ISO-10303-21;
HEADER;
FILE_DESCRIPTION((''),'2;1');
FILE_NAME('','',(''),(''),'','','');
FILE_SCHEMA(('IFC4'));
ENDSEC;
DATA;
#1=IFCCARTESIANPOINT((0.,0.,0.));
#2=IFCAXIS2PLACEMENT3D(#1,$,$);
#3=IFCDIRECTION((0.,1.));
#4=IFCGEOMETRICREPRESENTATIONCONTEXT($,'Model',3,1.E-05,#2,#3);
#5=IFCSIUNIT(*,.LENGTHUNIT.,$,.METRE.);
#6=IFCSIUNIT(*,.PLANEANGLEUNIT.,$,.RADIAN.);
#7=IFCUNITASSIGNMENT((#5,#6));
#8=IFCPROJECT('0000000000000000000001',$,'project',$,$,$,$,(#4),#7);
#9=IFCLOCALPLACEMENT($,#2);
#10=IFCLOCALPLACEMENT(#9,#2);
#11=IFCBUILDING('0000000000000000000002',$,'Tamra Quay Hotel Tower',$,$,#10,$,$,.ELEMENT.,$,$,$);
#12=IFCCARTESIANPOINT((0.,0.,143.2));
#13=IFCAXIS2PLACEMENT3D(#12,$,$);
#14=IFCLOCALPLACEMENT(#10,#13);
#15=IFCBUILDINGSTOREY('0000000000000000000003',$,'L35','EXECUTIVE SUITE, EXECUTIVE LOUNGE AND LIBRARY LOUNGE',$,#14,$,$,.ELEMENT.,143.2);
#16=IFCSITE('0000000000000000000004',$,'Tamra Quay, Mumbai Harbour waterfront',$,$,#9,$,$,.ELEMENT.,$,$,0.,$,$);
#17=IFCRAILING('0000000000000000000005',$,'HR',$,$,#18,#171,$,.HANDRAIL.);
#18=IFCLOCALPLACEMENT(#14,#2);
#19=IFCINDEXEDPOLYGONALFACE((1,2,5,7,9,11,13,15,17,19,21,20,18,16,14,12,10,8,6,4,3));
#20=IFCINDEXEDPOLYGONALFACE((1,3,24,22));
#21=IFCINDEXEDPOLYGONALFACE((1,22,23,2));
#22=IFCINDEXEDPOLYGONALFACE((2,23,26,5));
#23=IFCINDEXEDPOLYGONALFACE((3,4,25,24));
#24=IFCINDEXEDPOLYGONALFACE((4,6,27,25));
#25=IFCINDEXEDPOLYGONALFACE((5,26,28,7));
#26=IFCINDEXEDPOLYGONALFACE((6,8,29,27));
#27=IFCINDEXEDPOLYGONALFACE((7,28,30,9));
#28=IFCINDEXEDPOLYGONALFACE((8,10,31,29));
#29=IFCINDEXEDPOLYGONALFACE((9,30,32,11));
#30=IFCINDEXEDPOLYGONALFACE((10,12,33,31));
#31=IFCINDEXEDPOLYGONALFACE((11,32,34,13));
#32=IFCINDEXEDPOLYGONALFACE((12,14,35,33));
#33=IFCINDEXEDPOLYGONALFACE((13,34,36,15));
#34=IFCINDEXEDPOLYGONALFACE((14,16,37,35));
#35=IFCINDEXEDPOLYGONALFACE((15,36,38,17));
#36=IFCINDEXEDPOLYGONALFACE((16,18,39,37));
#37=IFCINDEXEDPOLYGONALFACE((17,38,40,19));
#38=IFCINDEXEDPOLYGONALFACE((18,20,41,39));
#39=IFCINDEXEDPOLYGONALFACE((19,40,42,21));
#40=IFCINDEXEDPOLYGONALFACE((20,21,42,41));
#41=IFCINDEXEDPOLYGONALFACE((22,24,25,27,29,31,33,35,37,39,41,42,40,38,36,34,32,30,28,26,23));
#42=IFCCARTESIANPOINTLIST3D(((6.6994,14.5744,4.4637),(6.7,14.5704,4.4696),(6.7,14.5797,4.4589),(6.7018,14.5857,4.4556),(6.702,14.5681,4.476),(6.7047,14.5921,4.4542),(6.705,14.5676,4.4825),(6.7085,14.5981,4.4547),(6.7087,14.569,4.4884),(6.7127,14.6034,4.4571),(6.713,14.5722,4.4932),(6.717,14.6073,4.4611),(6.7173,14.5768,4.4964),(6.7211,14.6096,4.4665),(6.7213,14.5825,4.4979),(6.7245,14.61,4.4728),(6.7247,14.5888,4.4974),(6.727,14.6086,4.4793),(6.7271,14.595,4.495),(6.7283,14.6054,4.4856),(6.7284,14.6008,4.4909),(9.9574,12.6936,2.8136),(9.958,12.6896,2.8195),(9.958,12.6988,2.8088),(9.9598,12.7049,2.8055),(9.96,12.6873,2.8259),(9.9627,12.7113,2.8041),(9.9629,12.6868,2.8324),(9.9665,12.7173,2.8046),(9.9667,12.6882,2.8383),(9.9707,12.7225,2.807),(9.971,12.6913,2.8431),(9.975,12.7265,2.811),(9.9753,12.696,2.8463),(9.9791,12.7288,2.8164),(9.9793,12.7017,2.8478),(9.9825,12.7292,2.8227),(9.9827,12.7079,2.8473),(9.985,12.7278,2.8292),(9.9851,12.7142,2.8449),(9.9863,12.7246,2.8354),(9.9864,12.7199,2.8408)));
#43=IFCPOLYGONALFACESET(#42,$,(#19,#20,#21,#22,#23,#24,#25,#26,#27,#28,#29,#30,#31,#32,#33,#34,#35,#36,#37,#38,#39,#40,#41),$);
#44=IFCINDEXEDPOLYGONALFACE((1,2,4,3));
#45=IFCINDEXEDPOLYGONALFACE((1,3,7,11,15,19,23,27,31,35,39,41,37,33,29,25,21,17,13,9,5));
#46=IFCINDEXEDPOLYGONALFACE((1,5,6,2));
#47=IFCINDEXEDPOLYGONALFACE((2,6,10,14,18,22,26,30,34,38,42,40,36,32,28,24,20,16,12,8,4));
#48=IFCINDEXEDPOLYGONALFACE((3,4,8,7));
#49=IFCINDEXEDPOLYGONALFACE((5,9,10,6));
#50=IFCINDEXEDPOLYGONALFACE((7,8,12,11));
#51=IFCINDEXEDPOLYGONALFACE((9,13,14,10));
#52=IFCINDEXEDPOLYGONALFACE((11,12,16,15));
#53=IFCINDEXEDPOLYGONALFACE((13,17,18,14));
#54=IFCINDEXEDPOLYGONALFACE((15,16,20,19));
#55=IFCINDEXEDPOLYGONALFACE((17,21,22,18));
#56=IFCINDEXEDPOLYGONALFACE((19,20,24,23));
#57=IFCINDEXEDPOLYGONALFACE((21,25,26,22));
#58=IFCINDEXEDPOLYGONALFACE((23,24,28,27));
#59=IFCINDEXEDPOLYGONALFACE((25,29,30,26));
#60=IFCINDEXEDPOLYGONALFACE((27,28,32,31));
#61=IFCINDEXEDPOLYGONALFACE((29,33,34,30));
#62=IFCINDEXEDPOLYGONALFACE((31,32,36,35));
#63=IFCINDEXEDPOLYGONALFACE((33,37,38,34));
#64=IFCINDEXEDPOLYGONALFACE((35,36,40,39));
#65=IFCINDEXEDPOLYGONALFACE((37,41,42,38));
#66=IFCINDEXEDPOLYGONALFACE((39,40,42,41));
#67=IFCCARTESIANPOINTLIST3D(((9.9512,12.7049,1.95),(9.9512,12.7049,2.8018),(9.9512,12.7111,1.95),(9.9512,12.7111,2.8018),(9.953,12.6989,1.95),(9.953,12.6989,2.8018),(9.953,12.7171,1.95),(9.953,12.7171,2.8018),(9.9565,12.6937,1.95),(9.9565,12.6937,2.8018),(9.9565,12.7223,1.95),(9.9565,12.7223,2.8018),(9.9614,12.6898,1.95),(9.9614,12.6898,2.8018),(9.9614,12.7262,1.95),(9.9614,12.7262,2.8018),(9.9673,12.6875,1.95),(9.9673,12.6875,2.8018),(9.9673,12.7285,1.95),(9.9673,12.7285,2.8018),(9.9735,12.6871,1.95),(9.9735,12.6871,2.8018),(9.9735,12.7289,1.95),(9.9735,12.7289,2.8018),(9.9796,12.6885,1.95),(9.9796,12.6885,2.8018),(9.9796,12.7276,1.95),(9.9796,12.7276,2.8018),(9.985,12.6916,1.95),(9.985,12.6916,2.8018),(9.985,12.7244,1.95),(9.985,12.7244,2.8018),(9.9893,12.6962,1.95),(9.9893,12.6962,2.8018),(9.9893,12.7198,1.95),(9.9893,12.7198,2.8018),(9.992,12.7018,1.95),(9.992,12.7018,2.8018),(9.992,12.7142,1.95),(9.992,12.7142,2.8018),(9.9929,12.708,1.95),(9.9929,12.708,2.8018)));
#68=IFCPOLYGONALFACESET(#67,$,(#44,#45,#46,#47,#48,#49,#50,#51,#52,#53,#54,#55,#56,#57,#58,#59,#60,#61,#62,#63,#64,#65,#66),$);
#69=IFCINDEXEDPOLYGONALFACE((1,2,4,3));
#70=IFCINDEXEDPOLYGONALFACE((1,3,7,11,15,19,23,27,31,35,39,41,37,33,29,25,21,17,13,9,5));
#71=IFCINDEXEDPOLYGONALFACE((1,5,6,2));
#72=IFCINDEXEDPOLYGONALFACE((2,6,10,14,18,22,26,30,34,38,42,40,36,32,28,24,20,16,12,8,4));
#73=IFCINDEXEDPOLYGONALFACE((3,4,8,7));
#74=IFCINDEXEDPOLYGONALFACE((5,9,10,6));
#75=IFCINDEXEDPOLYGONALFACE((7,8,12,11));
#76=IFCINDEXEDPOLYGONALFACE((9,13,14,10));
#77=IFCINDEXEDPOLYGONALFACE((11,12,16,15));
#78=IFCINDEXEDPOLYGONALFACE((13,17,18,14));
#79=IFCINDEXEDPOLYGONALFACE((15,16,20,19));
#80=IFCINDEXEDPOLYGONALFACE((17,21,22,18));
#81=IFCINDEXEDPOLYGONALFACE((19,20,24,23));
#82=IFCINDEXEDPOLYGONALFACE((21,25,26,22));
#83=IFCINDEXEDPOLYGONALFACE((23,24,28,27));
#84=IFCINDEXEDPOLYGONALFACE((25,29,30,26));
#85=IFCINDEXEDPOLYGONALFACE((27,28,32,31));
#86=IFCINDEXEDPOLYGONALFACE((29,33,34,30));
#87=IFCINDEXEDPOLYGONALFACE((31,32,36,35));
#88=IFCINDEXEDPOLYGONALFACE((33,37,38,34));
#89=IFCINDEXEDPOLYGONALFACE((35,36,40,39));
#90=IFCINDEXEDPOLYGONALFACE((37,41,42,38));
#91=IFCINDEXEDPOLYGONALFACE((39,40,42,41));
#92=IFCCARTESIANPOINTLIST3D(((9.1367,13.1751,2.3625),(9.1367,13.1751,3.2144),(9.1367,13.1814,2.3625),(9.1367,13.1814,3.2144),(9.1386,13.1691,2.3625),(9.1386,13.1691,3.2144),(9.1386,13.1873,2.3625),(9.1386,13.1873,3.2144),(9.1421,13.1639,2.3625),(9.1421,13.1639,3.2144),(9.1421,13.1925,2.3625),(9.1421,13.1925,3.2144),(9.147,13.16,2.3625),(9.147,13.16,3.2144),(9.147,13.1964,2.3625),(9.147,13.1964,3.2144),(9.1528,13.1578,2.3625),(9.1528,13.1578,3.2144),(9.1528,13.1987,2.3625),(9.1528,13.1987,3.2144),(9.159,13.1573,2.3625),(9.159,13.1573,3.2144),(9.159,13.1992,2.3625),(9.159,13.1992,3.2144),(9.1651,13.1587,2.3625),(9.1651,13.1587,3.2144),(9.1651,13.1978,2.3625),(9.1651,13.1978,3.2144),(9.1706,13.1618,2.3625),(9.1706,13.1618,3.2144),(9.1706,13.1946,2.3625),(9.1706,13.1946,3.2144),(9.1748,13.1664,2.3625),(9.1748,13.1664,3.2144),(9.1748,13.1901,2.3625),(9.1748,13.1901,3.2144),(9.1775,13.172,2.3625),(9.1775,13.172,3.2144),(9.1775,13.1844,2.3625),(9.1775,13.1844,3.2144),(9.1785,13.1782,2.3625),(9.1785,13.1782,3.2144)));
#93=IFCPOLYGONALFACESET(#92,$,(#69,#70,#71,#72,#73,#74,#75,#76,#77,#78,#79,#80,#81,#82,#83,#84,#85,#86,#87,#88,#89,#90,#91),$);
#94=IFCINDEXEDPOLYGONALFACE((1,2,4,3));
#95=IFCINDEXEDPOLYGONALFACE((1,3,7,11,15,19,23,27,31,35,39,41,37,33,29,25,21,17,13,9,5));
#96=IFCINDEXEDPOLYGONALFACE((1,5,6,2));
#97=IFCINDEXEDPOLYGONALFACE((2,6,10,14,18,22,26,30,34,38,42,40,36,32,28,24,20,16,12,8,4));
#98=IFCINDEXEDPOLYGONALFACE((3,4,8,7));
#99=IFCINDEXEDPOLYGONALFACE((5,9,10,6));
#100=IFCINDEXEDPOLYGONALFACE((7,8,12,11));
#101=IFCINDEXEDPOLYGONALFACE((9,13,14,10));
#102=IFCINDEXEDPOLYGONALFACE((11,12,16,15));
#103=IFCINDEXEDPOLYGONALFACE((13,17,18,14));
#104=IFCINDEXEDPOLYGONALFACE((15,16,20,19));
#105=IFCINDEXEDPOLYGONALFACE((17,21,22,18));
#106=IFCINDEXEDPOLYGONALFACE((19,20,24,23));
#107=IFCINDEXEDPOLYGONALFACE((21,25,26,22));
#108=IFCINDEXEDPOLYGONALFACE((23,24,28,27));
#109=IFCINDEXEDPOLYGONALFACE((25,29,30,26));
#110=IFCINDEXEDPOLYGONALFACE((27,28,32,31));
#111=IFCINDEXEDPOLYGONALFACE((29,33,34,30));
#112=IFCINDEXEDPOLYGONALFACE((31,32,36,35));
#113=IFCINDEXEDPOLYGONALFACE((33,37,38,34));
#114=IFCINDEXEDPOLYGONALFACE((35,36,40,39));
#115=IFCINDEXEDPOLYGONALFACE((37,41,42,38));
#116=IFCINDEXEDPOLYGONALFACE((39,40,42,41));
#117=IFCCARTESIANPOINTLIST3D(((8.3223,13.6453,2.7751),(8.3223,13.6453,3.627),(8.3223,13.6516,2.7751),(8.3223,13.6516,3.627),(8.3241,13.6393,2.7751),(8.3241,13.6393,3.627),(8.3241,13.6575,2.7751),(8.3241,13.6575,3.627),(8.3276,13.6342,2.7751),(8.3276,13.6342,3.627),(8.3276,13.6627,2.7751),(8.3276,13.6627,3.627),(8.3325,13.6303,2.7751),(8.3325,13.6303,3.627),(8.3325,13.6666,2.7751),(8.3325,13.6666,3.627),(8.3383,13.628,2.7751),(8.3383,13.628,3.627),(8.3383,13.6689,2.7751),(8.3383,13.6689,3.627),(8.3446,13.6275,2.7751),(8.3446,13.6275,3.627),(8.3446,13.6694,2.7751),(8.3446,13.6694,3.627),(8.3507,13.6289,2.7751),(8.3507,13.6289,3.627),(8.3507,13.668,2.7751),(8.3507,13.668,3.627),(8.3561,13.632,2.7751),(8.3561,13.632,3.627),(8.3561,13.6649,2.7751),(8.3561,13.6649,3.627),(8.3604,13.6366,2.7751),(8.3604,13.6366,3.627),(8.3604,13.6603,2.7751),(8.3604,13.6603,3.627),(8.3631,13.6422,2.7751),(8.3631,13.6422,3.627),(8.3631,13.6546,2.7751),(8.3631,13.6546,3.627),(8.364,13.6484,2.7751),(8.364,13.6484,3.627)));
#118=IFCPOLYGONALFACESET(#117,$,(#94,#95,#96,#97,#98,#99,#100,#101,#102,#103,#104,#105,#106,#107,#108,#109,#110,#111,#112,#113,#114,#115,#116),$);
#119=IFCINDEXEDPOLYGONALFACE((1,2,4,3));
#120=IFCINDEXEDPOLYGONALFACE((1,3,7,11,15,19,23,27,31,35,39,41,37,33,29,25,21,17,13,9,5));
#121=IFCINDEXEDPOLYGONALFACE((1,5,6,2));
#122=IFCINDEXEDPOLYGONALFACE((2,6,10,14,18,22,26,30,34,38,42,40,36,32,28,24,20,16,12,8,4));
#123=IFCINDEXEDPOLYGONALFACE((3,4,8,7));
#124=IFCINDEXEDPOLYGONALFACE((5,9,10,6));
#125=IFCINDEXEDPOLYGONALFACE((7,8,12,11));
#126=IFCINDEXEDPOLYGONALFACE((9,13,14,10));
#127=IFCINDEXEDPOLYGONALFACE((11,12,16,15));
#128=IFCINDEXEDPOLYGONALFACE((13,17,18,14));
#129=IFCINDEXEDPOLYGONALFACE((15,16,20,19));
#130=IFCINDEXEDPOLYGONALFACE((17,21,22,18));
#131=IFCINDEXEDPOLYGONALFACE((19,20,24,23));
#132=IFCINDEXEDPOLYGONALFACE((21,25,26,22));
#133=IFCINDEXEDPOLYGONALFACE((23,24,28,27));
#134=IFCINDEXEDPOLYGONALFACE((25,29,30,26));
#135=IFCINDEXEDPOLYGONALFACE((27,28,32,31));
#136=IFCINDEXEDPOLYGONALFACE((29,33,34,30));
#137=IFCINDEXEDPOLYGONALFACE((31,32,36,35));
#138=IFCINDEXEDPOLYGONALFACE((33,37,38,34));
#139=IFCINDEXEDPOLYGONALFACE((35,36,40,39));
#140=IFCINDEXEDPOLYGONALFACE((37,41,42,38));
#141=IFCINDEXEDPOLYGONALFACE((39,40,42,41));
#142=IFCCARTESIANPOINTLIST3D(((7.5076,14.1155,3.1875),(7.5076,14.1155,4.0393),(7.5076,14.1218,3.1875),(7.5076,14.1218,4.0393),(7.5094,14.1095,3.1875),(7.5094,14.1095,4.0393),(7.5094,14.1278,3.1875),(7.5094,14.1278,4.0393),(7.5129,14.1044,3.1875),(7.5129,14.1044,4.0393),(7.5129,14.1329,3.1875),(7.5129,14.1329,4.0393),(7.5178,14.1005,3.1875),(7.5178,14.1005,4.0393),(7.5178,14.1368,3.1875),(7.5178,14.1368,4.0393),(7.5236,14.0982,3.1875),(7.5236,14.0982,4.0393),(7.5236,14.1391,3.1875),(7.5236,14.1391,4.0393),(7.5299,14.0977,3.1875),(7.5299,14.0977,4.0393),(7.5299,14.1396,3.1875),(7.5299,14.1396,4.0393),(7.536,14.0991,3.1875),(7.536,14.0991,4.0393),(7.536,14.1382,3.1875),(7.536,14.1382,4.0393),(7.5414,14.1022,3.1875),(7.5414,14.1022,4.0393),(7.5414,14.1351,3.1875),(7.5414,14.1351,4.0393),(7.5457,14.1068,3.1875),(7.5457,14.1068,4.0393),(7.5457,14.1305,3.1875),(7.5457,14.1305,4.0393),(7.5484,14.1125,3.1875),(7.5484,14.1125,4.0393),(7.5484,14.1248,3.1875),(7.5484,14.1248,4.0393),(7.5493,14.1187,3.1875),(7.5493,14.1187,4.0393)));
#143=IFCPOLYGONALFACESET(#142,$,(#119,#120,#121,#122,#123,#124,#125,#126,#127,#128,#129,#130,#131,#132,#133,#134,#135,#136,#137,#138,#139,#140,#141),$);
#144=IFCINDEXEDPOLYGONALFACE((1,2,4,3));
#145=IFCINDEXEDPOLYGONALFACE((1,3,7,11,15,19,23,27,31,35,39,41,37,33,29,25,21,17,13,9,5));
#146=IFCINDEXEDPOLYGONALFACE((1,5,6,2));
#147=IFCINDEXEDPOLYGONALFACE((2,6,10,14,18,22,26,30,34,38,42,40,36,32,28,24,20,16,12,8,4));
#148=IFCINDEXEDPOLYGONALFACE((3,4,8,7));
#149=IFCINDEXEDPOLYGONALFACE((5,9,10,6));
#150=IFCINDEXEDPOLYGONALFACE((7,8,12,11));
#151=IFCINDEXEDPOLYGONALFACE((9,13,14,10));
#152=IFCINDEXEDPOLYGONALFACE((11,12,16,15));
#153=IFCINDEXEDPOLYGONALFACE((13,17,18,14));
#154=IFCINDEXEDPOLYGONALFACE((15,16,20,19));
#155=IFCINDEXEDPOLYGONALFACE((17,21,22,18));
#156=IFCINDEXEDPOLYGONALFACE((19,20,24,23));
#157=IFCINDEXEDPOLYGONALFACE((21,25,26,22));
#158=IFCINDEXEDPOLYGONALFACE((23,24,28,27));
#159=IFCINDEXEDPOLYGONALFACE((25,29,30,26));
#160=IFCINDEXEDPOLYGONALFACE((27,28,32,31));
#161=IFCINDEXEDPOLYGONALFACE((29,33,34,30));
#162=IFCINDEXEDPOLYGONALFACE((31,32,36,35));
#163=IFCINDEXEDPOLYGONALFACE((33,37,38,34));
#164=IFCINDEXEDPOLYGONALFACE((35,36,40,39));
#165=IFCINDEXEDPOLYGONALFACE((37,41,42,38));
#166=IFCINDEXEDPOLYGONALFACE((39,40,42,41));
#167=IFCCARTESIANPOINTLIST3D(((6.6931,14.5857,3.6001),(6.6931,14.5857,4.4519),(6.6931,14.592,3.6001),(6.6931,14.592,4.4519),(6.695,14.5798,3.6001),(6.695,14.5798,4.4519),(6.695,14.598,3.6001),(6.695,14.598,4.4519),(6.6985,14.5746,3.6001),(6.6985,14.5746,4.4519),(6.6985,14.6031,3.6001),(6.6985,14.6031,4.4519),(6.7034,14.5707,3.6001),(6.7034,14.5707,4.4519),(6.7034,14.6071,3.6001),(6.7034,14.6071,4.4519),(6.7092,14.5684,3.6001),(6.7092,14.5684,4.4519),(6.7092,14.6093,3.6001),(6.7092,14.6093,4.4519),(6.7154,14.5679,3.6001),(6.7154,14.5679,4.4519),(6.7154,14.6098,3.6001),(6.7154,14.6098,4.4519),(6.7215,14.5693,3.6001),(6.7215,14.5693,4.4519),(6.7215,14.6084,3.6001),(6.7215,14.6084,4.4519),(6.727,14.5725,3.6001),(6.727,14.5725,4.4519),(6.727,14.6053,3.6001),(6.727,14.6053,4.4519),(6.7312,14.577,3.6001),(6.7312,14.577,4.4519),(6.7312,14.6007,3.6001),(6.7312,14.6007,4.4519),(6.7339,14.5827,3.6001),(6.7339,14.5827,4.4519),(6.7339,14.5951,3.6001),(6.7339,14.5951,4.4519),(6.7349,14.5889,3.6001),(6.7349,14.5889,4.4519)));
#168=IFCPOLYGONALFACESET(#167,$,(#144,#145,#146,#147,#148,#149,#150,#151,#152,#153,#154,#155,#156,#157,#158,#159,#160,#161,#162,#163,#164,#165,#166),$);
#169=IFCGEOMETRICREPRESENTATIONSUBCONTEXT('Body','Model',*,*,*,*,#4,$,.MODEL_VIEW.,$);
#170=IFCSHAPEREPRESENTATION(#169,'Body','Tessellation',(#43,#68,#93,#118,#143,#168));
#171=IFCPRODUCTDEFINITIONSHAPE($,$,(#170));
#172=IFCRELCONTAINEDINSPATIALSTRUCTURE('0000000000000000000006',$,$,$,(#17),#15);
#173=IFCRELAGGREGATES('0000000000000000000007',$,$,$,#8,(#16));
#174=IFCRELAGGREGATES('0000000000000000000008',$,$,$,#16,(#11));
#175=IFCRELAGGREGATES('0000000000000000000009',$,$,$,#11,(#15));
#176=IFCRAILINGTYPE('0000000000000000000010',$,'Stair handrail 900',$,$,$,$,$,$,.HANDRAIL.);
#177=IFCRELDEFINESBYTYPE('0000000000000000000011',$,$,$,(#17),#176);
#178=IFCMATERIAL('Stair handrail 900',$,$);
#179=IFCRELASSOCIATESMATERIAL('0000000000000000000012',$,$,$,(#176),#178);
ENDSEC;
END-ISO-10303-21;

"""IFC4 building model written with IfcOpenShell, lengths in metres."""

from ifc_helpers import new_model, si_unit, direction, frame, origin, origin_2d, place, context, subcontext, project, spatial, circle, extrude, material, type_object, element, save


model = new_model("IFC4")

# Units and contexts
model_context = context("Model", 3, precision=1e-05, world=origin(), true_north=direction((0.0, 1.0)))
body_context = subcontext(model_context, "Body", "Model", "MODEL_VIEW")
ifc_project = project(units=[si_unit("LENGTHUNIT", "METRE"), si_unit("PLANEANGLEUNIT", "RADIAN")], contexts=[model_context])

# Site, building, storey
site_placement = place(None, origin())
site = spatial("IfcSite", under=ifc_project, at=site_placement, Name="Tamra Quay, Mumbai Harbour waterfront", CompositionType="ELEMENT", RefElevation=0.0)
building_placement = place(site_placement, origin())
building = spatial("IfcBuilding", under=site, at=building_placement, Name="Tamra Quay Hotel Tower", CompositionType="ELEMENT")
storey_placement = place(building_placement, frame((0.0, 0.0, 143.2)))
storey = spatial("IfcBuildingStorey", under=building, at=storey_placement, Name="L35", Description="EXECUTIVE SUITE, EXECUTIVE LOUNGE AND LIBRARY LOUNGE", CompositionType="ELEMENT", Elevation=143.2)

# Railing
ifc_material_1 = material(Name="Stair handrail 900")
railing_type_1 = type_object("IfcRailingType", Name="Stair handrail 900", PredefinedType="HANDRAIL", material=ifc_material_1)
railing_1_placement = place(storey_placement, frame((9.9719, 12.708, 1.95)))
element("IfcRailing", 1, at=railing_1_placement, inside=storey, type_object=railing_type_1, Name="HR", PredefinedType="HANDRAIL", context=body_context, shape_type="SweptSolid", body=[
    extrude(circle(Radius=0.0239, at=origin_2d()), frame((0.0, 0.0, 0.876), z_axis=(-0.793103, 0.457854, 0.401692), x_axis=(-0.499964, -0.866046, 0.0)), (0.0, 0.0, 1.0), 4.1079),
    extrude(circle(Radius=0.021, at=origin_2d()), origin(), (0.0, 0.0, 1.0), 0.8518),
    extrude(circle(Radius=0.021, at=origin_2d()), frame((-0.8145, 0.4702, 0.4126)), (0.0, 0.0, 1.0), 0.8518),
    extrude(circle(Radius=0.021, at=origin_2d()), frame((-1.6289, 0.9404, 0.8252)), (0.0, 0.0, 1.0), 0.8518),
    extrude(circle(Radius=0.021, at=origin_2d()), frame((-2.4436, 1.4106, 1.2375)), (0.0, 0.0, 1.0), 0.8518),
    extrude(circle(Radius=0.021, at=origin_2d()), frame((-3.2581, 1.8809, 1.6501)), (0.0, 0.0, 1.0), 0.8518),
])

save(model, "model.ifc")
